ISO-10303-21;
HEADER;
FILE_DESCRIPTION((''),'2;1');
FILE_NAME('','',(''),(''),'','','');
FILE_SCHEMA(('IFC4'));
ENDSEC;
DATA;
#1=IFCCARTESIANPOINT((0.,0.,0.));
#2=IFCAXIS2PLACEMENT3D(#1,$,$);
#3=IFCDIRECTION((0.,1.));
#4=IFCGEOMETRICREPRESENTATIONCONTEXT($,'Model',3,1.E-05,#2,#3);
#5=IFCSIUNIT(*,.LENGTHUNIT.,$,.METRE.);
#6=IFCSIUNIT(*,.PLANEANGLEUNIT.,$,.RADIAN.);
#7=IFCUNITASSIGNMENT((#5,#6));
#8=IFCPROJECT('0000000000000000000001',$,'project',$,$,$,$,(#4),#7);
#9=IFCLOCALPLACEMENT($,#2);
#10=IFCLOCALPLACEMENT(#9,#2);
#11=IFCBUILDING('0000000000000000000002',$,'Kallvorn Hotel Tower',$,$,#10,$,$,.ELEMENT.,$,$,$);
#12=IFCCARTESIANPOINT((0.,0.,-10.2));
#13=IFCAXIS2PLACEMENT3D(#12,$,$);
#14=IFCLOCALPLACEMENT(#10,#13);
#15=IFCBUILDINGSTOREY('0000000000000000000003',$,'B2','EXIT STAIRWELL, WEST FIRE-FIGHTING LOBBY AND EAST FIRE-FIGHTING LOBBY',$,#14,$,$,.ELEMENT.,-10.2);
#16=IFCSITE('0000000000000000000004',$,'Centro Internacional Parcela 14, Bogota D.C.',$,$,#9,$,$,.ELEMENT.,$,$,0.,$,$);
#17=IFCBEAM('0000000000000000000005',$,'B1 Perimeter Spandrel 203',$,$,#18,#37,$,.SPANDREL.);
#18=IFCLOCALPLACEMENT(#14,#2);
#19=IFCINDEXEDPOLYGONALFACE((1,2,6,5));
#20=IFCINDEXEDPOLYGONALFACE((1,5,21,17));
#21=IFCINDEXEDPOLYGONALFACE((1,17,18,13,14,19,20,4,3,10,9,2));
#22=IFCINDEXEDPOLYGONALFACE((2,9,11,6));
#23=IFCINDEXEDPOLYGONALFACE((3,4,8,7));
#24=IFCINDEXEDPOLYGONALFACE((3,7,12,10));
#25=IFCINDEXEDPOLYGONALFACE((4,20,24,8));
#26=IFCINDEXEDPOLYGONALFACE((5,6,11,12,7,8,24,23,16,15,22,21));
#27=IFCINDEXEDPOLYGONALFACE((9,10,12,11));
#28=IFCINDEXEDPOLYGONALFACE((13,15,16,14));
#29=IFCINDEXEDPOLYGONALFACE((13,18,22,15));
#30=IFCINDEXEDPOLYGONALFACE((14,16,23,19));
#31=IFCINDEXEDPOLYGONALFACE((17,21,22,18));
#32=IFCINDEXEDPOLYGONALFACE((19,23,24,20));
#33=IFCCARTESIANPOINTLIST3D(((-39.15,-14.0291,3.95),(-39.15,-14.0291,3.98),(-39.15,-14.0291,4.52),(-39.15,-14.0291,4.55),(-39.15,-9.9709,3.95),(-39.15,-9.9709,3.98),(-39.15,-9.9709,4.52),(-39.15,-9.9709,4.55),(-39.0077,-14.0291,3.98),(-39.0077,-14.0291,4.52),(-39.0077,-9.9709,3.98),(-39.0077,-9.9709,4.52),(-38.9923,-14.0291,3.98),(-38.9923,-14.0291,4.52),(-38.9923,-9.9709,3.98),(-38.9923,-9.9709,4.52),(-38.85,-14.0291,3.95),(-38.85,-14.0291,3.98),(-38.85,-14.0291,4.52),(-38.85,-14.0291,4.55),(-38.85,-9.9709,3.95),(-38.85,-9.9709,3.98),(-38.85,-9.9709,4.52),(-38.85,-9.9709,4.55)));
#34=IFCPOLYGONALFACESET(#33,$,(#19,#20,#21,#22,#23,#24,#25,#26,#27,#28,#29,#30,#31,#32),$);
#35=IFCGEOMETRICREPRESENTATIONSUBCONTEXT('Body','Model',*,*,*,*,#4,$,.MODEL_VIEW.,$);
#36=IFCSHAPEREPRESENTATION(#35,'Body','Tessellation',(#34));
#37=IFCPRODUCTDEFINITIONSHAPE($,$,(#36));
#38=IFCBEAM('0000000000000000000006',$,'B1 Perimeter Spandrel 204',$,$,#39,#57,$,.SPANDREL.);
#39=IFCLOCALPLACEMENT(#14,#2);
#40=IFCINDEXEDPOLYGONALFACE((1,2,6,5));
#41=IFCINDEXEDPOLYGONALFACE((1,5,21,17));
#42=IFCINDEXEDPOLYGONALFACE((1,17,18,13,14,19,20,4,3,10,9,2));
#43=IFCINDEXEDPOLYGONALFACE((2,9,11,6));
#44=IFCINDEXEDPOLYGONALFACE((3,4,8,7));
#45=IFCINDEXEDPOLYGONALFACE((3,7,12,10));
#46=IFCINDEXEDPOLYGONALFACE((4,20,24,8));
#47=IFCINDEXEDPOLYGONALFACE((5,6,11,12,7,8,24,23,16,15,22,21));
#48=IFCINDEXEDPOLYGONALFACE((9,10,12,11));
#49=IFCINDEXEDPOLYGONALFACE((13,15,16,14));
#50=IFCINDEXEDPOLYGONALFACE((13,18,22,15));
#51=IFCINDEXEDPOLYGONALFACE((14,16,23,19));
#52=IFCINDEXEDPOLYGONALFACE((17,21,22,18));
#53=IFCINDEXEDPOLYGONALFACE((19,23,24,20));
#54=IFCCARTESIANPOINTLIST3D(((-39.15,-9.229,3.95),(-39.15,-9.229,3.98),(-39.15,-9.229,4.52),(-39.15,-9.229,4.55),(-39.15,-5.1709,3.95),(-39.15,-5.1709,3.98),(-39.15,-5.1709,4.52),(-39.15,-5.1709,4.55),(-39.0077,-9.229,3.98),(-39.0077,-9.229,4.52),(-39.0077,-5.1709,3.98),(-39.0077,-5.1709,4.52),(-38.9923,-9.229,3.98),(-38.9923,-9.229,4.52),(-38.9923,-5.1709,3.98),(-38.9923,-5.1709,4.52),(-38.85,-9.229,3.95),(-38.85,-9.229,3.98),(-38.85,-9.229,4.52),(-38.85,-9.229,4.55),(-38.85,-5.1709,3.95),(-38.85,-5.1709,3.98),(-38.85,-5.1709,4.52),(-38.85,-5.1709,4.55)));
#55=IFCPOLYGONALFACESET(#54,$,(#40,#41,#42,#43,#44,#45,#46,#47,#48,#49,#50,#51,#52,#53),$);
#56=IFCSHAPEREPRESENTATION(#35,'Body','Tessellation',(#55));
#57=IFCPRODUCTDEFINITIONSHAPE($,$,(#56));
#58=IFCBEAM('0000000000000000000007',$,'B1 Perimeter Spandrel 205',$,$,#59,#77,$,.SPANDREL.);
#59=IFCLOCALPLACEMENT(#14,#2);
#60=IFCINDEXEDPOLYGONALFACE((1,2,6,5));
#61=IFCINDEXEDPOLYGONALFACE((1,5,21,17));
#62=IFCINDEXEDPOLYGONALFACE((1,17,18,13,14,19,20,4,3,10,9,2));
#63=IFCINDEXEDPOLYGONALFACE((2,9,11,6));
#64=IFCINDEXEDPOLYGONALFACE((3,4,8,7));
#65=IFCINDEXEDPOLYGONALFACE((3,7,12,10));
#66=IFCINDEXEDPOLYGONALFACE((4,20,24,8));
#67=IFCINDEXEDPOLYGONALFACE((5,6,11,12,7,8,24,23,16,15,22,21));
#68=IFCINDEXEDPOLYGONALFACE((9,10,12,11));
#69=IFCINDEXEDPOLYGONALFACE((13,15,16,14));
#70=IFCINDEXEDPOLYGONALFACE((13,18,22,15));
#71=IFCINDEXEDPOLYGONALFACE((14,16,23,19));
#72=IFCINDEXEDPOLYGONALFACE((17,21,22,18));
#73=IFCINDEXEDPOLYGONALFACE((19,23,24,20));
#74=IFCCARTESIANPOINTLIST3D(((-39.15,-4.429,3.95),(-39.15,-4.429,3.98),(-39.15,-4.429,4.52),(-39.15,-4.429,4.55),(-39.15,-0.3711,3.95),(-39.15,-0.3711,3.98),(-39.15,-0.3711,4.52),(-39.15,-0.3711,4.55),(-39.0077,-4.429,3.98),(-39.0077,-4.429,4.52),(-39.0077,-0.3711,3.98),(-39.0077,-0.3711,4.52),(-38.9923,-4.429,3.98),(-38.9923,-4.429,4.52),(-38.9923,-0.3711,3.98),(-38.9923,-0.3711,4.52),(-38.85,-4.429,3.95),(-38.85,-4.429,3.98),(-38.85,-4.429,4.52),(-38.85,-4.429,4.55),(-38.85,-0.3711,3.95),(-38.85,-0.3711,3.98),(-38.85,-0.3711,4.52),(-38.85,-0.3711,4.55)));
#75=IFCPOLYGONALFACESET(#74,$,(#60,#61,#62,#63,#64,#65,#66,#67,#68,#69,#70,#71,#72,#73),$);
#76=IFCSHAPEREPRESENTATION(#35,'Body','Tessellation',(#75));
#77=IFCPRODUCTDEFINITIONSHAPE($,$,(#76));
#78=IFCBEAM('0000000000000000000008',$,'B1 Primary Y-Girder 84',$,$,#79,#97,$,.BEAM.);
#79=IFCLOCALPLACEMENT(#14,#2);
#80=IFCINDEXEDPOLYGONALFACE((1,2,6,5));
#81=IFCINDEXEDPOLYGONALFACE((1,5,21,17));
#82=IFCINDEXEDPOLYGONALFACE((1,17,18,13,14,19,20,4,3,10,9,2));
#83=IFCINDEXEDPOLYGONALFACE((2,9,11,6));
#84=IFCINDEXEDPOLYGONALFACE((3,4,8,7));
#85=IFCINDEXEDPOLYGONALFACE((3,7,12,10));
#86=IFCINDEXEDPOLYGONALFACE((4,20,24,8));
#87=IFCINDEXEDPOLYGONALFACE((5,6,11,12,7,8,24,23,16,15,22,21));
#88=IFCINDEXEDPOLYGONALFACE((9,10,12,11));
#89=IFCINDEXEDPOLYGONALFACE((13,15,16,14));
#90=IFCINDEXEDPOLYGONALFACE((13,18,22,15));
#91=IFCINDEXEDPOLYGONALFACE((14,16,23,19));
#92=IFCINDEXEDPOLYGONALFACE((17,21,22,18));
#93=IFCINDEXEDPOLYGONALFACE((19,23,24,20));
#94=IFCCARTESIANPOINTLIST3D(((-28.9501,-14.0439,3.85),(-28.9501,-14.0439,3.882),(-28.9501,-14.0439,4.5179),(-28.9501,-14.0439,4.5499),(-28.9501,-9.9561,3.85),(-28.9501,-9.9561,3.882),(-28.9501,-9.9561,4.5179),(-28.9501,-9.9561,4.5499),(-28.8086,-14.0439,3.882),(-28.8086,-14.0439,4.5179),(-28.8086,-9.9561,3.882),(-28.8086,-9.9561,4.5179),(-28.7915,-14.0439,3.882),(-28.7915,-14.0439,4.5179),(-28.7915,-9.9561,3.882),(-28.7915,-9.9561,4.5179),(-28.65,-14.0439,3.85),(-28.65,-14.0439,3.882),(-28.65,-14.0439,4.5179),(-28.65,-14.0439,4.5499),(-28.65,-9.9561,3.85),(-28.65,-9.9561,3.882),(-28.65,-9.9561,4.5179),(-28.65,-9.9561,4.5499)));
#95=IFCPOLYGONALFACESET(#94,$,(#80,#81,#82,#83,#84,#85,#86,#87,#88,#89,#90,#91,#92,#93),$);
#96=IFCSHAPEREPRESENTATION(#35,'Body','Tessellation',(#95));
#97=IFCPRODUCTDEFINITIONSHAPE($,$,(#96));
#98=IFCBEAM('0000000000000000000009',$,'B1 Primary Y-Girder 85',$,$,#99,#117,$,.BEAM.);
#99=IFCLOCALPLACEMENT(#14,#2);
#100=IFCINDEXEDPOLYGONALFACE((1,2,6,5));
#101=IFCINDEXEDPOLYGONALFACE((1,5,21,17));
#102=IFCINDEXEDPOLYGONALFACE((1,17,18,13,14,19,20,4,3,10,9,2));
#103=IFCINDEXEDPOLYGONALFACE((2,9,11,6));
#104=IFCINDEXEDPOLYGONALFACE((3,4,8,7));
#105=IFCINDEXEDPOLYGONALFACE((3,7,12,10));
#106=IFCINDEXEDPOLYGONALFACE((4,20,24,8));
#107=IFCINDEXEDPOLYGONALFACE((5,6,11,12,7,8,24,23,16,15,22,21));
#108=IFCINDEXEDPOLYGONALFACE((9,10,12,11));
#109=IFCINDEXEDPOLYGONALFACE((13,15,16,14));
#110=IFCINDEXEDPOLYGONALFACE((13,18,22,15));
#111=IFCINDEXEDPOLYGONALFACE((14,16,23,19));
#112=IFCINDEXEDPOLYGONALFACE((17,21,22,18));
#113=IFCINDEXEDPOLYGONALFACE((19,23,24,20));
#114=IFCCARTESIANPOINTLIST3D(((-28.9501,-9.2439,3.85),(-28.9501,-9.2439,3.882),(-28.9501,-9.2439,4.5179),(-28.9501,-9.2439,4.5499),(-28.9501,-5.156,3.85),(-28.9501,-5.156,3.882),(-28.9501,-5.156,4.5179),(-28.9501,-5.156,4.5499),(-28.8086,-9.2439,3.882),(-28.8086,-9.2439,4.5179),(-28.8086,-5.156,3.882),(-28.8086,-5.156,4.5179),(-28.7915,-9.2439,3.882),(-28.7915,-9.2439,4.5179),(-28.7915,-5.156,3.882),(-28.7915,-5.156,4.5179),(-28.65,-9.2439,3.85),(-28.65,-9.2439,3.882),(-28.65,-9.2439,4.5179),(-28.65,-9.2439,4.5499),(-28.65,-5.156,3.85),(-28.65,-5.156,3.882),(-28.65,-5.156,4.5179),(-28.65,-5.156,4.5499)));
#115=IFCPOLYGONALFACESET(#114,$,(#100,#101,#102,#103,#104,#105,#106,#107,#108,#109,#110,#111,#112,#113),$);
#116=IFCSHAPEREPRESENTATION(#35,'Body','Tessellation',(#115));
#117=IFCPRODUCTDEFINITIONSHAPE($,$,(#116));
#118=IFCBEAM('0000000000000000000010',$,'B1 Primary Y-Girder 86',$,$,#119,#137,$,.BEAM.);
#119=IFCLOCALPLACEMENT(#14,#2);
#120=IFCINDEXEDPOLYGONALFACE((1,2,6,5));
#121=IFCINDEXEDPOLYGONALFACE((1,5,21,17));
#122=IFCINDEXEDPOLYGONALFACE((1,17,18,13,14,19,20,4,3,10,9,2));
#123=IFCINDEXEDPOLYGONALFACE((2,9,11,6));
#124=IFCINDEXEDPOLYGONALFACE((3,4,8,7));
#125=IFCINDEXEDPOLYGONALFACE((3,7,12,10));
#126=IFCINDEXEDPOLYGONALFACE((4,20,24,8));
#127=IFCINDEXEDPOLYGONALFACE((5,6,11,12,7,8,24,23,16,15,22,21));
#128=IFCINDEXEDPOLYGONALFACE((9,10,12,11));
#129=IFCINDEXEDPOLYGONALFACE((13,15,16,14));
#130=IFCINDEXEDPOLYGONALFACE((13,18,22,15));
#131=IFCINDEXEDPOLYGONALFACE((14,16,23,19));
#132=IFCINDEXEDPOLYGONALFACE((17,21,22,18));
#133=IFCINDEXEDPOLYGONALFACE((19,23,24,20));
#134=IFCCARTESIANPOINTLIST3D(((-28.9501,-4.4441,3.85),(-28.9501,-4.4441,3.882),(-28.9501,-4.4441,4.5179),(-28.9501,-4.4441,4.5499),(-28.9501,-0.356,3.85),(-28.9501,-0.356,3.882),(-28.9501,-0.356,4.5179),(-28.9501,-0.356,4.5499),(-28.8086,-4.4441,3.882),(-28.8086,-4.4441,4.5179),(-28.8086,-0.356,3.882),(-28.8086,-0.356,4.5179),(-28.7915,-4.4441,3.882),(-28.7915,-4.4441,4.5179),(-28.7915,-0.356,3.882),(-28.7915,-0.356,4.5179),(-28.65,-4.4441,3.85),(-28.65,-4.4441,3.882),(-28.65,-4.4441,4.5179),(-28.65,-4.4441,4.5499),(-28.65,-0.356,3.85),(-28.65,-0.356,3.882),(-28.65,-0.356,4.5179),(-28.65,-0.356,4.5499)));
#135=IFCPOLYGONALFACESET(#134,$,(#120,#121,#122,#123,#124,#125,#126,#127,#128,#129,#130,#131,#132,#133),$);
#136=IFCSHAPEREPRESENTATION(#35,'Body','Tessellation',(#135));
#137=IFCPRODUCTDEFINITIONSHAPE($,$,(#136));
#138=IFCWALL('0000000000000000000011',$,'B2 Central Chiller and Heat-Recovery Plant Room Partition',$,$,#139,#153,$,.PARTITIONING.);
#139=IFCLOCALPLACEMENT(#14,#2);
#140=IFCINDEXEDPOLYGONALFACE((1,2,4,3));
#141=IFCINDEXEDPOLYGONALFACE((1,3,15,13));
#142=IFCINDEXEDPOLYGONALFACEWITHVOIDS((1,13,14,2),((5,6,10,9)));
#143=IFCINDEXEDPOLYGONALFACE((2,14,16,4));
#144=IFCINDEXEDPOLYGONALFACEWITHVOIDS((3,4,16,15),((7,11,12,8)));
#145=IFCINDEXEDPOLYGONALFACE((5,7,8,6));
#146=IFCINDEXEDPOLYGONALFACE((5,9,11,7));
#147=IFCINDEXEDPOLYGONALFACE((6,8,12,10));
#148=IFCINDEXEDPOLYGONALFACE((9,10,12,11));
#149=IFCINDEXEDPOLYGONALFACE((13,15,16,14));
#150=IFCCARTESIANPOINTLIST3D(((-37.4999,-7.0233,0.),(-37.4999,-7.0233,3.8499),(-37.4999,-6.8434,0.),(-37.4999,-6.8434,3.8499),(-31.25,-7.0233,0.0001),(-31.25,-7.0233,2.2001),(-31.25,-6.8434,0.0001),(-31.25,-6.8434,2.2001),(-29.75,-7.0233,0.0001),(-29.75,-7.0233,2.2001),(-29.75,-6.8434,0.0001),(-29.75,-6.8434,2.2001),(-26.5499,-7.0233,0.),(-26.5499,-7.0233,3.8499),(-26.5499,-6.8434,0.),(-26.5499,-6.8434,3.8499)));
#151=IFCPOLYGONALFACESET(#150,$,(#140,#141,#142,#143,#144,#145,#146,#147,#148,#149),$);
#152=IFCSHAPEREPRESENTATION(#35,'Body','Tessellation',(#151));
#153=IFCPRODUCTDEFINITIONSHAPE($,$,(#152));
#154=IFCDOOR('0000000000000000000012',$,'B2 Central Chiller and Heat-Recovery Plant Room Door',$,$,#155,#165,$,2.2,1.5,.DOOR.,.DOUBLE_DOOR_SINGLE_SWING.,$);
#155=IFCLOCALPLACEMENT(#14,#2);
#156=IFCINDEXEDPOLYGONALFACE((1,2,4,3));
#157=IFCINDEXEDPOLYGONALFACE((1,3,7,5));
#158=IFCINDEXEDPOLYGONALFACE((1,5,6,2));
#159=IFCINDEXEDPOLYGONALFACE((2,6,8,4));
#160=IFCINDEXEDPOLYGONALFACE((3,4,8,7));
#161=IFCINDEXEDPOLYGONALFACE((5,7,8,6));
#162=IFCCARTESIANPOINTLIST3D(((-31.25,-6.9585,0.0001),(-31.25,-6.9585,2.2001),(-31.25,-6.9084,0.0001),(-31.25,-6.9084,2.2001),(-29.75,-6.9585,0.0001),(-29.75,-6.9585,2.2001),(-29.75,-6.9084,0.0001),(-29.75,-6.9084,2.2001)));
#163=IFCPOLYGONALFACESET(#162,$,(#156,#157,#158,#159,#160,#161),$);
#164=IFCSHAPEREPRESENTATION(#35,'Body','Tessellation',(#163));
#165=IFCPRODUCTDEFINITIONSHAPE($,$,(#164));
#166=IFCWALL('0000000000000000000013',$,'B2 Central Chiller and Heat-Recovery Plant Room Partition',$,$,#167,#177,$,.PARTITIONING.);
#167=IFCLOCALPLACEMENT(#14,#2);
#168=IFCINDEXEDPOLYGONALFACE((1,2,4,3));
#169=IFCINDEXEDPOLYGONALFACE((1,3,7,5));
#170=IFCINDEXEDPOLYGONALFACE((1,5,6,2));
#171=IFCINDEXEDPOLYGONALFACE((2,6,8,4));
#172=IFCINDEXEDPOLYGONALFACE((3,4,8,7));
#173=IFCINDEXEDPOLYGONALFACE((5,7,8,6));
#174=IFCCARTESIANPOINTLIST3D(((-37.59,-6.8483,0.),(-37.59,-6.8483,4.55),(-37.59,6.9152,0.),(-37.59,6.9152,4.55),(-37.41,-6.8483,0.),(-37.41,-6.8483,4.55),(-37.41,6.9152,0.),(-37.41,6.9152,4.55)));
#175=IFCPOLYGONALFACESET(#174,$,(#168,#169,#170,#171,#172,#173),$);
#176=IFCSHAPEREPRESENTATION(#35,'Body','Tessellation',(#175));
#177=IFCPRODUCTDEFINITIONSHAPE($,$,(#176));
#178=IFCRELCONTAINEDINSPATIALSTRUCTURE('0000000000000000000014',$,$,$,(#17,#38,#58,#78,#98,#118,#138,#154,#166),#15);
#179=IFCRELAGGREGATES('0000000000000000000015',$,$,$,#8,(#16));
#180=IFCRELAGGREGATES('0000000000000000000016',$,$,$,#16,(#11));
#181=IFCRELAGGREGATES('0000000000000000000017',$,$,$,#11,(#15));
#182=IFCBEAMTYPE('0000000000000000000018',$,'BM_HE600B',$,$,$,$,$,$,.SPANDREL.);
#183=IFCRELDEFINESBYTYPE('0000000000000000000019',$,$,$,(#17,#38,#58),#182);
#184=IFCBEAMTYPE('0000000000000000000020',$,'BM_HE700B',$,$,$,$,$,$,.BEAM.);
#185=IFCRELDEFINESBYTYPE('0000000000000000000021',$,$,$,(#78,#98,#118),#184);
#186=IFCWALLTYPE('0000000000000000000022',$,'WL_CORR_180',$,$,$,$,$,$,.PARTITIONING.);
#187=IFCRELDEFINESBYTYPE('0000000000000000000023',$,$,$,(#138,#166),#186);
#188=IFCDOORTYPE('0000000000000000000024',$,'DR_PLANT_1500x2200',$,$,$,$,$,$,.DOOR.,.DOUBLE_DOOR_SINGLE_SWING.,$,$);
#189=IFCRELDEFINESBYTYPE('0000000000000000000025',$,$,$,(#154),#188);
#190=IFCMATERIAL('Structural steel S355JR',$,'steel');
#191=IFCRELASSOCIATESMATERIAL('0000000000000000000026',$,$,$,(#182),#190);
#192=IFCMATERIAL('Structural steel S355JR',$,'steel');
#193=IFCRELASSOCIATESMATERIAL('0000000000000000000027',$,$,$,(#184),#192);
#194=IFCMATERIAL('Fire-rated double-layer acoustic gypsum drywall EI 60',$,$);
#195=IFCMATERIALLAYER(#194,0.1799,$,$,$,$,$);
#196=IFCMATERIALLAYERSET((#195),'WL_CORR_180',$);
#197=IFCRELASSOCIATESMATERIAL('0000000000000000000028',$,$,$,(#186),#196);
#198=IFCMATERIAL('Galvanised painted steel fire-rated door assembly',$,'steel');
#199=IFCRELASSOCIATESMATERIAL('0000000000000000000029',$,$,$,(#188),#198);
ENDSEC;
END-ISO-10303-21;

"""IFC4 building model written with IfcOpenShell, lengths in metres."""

from ifc_helpers import new_model, si_unit, direction, frame, frame_2d, origin, origin_2d, place, context, subcontext, project, spatial, rectangle, i_section, extrude, material, layer, layer_set, material_profile, profile_set, type_object, element, fill, save


model = new_model("IFC4")

# Units and contexts
model_context = context("Model", 3, precision=1e-05, world=origin(), true_north=direction((0.0, 1.0)))
body_context = subcontext(model_context, "Body", "Model", "MODEL_VIEW")
ifc_project = project(units=[si_unit("LENGTHUNIT", "METRE"), si_unit("PLANEANGLEUNIT", "RADIAN")], contexts=[model_context])

# Site, building, storey
site_placement = place(None, origin())
site = spatial("IfcSite", under=ifc_project, at=site_placement, Name="Centro Internacional Parcela 14, Bogota D.C.", CompositionType="ELEMENT", RefElevation=0.0)
building_placement = place(site_placement, origin())
building = spatial("IfcBuilding", under=site, at=building_placement, Name="Kallvorn Hotel Tower", CompositionType="ELEMENT")
storey_placement = place(building_placement, frame((0.0, 0.0, -10.2)))
storey = spatial("IfcBuildingStorey", under=building, at=storey_placement, Name="B2", Description="EXIT STAIRWELL, WEST FIRE-FIGHTING LOBBY AND EAST FIRE-FIGHTING LOBBY", CompositionType="ELEMENT", Elevation=-10.2)

# Beams
ifc_material_1 = material(Name="Structural steel S355JR", Category="steel")
ifc_material_profile_1 = material_profile(ifc_material_1, i_section(OverallWidth=0.3, OverallDepth=0.6001, WebThickness=0.0154, FlangeThickness=0.03, at=origin_2d()), Name="HE 600 B")
ifc_profile_set_1 = profile_set([ifc_material_profile_1], Name="Structural steel S355JR")
beam_type_1 = type_object("IfcBeamType", Name="BM_HE600B", PredefinedType="SPANDREL", material=ifc_profile_set_1)
for number, where, z_axis, x_axis, name in (
    (1, (-39.0, -14.0291, 4.25), (0.0, 1.0, 0.0), (-1.0, 0.0, 0.0), "B1 Perimeter Spandrel 203"),
    (2, (-39.0, -9.229, 4.25), (0.0, 1.0, 0.0), (-1.0, 0.0, 0.0), "B1 Perimeter Spandrel 204"),
):
    element("IfcBeam", number, at=place(storey_placement, frame(where, z_axis=z_axis, x_axis=x_axis)), inside=storey, type_object=beam_type_1, Name=name, PredefinedType="SPANDREL", context=body_context, shape_type="SweptSolid", body=[
        extrude(i_section(OverallWidth=0.3, OverallDepth=0.6001, WebThickness=0.0154, FlangeThickness=0.03, at=origin_2d()), origin(), (0.0, 0.0, 1.0), 4.0581),
    ])
beam_1_placement = place(storey_placement, frame((-39.0, -4.429, 4.25), z_axis=(0.0, 1.0, 0.0), x_axis=(-1.0, 0.0, 0.0)))
element("IfcBeam", 3, at=beam_1_placement, inside=storey, type_object=beam_type_1, Name="B1 Perimeter Spandrel 205", PredefinedType="SPANDREL", context=body_context, shape_type="SweptSolid", body=[
    extrude(i_section(OverallWidth=0.3, OverallDepth=0.6001, WebThickness=0.0154, FlangeThickness=0.03, at=origin_2d()), origin(), (0.0, 0.0, 1.0), 4.0579),
])
ifc_material_2 = material(Name="Structural steel S355JR", Category="steel")
ifc_material_profile_2 = material_profile(ifc_material_2, i_section(OverallWidth=0.3, OverallDepth=0.7, WebThickness=0.0171, FlangeThickness=0.032, at=origin_2d()), Name="HE 700 B")
ifc_profile_set_2 = profile_set([ifc_material_profile_2], Name="Structural steel S355JR")
beam_type_2 = type_object("IfcBeamType", Name="BM_HE700B", PredefinedType="BEAM", material=ifc_profile_set_2)
for number, where, z_axis, x_axis, name in (
    (4, (-28.8, -14.0439, 4.2), (0.0, 1.0, 0.0), (-1.0, 0.0, 0.0), "B1 Primary Y-Girder 84"),
    (5, (-28.8, -9.2439, 4.2), (0.0, 1.0, 0.0), (-1.0, 0.0, 0.0), "B1 Primary Y-Girder 85"),
):
    element("IfcBeam", number, at=place(storey_placement, frame(where, z_axis=z_axis, x_axis=x_axis)), inside=storey, type_object=beam_type_2, Name=name, PredefinedType="BEAM", context=body_context, shape_type="SweptSolid", body=[
        extrude(i_section(OverallWidth=0.3, OverallDepth=0.7, WebThickness=0.0171, FlangeThickness=0.032, at=origin_2d()), origin(), (0.0, 0.0, 1.0), 4.0879),
    ])
beam_2_placement = place(storey_placement, frame((-28.8, -4.4441, 4.2), z_axis=(0.0, 1.0, 0.0), x_axis=(-1.0, 0.0, 0.0)))
element("IfcBeam", 6, at=beam_2_placement, inside=storey, type_object=beam_type_2, Name="B1 Primary Y-Girder 86", PredefinedType="BEAM", context=body_context, shape_type="SweptSolid", body=[
    extrude(i_section(OverallWidth=0.3, OverallDepth=0.7, WebThickness=0.0171, FlangeThickness=0.032, at=origin_2d()), origin(), (0.0, 0.0, 1.0), 4.0881),
])

# Wall, opening, door
ifc_material_3 = material(Name="Fire-rated double-layer acoustic gypsum drywall EI 60")
ifc_layer_1 = layer(ifc_material_3, 0.1799)
ifc_layer_set_1 = layer_set([ifc_layer_1], Name="WL_CORR_180")
wall_type_1 = type_object("IfcWallType", Name="WL_CORR_180", PredefinedType="PARTITIONING", material=ifc_layer_set_1)
wall_1_placement = place(storey_placement, frame((-37.5, -6.9333, 0.0), z_axis=(0.0, 0.0, 1.0), x_axis=(1.0, 0.0, 0.0)))
wall_1 = element("IfcWall", 7, at=wall_1_placement, inside=storey, type_object=wall_type_1, Name="B2 Central Chiller and Heat-Recovery Plant Room Partition", PredefinedType="PARTITIONING", context=body_context, shape_type="SweptSolid", body=[
    extrude(rectangle(XDim=10.95, YDim=0.1799, at=frame_2d((5.4751, 0.0))), origin(), (0.0, 0.0, 1.0), 3.8499),
])
opening_1_placement = place(wall_1_placement, frame((6.25, 0.0, 0.0)))
opening_1 = element("IfcOpeningElement", 8, at=opening_1_placement, cuts=wall_1, PredefinedType="OPENING", context=body_context, shape_type="SweptSolid", body=[
    extrude(rectangle(XDim=1.5, YDim=2.2, at=frame_2d((0.75, 1.1001))), frame((0.0, 0.1047, 0.0), z_axis=(0.0, -1.0, 0.0), x_axis=(1.0, 0.0, 0.0)), (0.0, 0.0, 1.0), 0.21),
])
ifc_material_4 = material(Name="Galvanised painted steel fire-rated door assembly", Category="steel")
door_type_1 = type_object("IfcDoorType", Name="DR_PLANT_1500x2200", OperationType="DOUBLE_DOOR_SINGLE_SWING", PredefinedType="DOOR", material=ifc_material_4)
door_1_placement = place(opening_1_placement, origin())
door_1 = element("IfcDoor", 9, at=door_1_placement, inside=storey, type_object=door_type_1, Name="B2 Central Chiller and Heat-Recovery Plant Room Door", OperationType="DOUBLE_DOOR_SINGLE_SWING", OverallHeight=2.2, OverallWidth=1.5, PredefinedType="DOOR", context=body_context, shape_type="SweptSolid", body=[
    extrude(rectangle(XDim=1.5, YDim=2.2, at=frame_2d((0.75, 1.1001))), frame((0.0, 0.0249, 0.0), z_axis=(0.0, -1.0, 0.0), x_axis=(1.0, 0.0, 0.0)), (0.0, 0.0, 1.0), 0.05),
])
fill(opening_1, door_1)

# Wall
wall_2_placement = place(storey_placement, frame((-37.5, -6.8484, 0.0), z_axis=(0.0, 0.0, 1.0), x_axis=(0.0, 1.0, 0.0)))
element("IfcWall", 10, at=wall_2_placement, inside=storey, type_object=wall_type_1, Name="B2 Central Chiller and Heat-Recovery Plant Room Partition", PredefinedType="PARTITIONING", context=body_context, shape_type="SweptSolid", body=[
    extrude(rectangle(XDim=13.7634, YDim=0.1799, at=frame_2d((6.8818, 0.0))), origin(), (0.0, 0.0, 1.0), 4.55),
])

save(model, "model.ifc")
